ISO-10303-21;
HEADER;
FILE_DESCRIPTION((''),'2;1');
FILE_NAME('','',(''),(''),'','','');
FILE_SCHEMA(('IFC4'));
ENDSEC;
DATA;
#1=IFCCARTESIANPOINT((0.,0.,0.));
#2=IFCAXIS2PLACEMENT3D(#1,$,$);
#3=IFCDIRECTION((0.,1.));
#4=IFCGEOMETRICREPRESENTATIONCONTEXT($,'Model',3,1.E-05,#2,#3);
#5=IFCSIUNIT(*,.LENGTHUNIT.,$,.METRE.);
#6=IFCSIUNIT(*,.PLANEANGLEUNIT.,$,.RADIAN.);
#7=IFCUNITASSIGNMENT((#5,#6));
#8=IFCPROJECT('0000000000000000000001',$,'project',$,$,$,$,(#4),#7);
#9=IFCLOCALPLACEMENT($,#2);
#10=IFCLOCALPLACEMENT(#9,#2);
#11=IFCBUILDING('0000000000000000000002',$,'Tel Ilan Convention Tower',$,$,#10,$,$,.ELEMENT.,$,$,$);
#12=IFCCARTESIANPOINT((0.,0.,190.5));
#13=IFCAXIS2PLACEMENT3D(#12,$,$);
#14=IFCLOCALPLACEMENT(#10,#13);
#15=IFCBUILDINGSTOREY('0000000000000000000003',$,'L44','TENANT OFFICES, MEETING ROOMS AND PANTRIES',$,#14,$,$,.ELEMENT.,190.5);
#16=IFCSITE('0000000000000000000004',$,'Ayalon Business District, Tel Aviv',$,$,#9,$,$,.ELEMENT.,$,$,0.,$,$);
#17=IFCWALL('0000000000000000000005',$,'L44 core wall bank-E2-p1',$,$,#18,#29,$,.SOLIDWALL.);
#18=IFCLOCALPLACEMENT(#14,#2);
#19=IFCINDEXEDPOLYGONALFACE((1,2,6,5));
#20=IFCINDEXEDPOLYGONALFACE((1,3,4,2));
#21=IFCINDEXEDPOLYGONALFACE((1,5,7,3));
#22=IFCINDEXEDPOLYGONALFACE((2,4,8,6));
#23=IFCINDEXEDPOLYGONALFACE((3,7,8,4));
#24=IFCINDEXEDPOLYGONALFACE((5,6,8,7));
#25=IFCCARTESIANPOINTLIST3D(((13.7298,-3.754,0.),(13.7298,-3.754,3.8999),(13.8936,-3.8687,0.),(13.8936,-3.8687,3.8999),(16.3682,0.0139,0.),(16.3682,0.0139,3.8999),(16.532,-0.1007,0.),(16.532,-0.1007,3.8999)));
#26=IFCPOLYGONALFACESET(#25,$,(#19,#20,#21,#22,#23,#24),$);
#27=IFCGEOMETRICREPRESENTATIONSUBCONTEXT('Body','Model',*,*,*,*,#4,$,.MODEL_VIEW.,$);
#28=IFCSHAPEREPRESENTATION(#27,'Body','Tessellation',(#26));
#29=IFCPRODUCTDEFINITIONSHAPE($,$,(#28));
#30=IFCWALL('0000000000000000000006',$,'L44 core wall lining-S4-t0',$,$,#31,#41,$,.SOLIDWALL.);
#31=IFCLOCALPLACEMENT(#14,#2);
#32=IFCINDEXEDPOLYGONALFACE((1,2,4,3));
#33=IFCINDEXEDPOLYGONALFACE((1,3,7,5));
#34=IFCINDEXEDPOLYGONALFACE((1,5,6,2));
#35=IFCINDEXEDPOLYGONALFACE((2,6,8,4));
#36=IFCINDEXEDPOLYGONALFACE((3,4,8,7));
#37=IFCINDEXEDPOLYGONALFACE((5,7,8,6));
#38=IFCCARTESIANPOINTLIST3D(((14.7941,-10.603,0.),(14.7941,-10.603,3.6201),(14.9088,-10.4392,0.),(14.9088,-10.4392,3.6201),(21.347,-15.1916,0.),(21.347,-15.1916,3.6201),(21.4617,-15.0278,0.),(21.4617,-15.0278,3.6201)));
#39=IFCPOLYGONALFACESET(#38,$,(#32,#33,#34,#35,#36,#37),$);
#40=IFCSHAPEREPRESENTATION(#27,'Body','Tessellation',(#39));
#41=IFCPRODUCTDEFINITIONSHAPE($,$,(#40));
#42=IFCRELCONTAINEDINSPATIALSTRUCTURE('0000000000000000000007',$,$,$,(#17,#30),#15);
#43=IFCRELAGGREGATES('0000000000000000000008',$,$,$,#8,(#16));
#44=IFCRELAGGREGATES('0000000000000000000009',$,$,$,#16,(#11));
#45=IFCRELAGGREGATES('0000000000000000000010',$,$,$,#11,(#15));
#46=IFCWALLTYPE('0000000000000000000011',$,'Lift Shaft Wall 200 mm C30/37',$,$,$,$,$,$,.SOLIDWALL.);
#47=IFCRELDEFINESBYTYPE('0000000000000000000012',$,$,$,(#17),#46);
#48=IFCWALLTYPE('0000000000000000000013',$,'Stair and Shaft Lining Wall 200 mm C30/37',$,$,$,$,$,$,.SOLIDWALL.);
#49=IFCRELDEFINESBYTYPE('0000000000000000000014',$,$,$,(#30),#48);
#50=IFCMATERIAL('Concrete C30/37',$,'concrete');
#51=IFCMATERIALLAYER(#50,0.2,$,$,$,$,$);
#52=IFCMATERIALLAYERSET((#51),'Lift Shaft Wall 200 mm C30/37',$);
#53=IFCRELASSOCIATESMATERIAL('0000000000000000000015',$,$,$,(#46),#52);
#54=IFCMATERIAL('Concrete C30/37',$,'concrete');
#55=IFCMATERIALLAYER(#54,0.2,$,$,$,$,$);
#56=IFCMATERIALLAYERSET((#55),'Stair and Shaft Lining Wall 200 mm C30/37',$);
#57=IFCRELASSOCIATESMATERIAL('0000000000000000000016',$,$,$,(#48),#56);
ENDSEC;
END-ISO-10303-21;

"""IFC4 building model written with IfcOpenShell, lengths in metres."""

from ifc_helpers import new_model, si_unit, direction, frame, frame_2d, origin, place, context, subcontext, project, spatial, rectangle, extrude, material, layer, layer_set, type_object, element, save


model = new_model("IFC4")

# Units and contexts
model_context = context("Model", 3, precision=1e-05, world=origin(), true_north=direction((0.0, 1.0)))
body_context = subcontext(model_context, "Body", "Model", "MODEL_VIEW")
ifc_project = project(units=[si_unit("LENGTHUNIT", "METRE"), si_unit("PLANEANGLEUNIT", "RADIAN")], contexts=[model_context])

# Site, building, storey
site_placement = place(None, origin())
site = spatial("IfcSite", under=ifc_project, at=site_placement, Name="Ayalon Business District, Tel Aviv", CompositionType="ELEMENT", RefElevation=0.0)
building_placement = place(site_placement, origin())
building = spatial("IfcBuilding", under=site, at=building_placement, Name="Tel Ilan Convention Tower", CompositionType="ELEMENT")
storey_placement = place(building_placement, frame((0.0, 0.0, 190.5)))
storey = spatial("IfcBuildingStorey", under=building, at=storey_placement, Name="L44", Description="TENANT OFFICES, MEETING ROOMS AND PANTRIES", CompositionType="ELEMENT", Elevation=190.5)

# Walls
ifc_material_1 = material(Name="Concrete C30/37", Category="concrete")
ifc_layer_1 = layer(ifc_material_1, 0.2)
ifc_layer_set_1 = layer_set([ifc_layer_1], Name="Lift Shaft Wall 200 mm C30/37")
wall_type_1 = type_object("IfcWallType", Name="Lift Shaft Wall 200 mm C30/37", PredefinedType="SOLIDWALL", material=ifc_layer_set_1)
for number, where, z_axis, x_axis, name in (
    (1, (13.8118, -3.8113, 0.0), (0.0, 0.0, 1.0), (0.573576, 0.819152, 0.0), "L44 core wall bank-E2-p1"),
):
    element("IfcWall", number, at=place(storey_placement, frame(where, z_axis=z_axis, x_axis=x_axis)), inside=storey, type_object=wall_type_1, Name=name, PredefinedType="SOLIDWALL", context=body_context, shape_type="SweptSolid", body=[
        extrude(rectangle(XDim=4.5999, YDim=0.2, at=frame_2d((2.2998, 0.0))), origin(), (0.0, 0.0, 1.0), 3.8999),
    ])
ifc_material_2 = material(Name="Concrete C30/37", Category="concrete")
ifc_layer_2 = layer(ifc_material_2, 0.2)
ifc_layer_set_2 = layer_set([ifc_layer_2], Name="Stair and Shaft Lining Wall 200 mm C30/37")
wall_type_2 = type_object("IfcWallType", Name="Stair and Shaft Lining Wall 200 mm C30/37", PredefinedType="SOLIDWALL", material=ifc_layer_set_2)
wall_1_placement = place(storey_placement, frame((14.8513, -10.521, 0.0), z_axis=(0.0, 0.0, 1.0), x_axis=(0.819142, -0.573591, 0.0)))
element("IfcWall", 2, at=wall_1_placement, inside=storey, type_object=wall_type_2, Name="L44 core wall lining-S4-t0", PredefinedType="SOLIDWALL", context=body_context, shape_type="SweptSolid", body=[
    extrude(rectangle(XDim=7.9998, YDim=0.2, at=frame_2d((4.0, 0.0))), origin(), (0.0, 0.0, 1.0), 3.6201),
])

save(model, "model.ifc")
